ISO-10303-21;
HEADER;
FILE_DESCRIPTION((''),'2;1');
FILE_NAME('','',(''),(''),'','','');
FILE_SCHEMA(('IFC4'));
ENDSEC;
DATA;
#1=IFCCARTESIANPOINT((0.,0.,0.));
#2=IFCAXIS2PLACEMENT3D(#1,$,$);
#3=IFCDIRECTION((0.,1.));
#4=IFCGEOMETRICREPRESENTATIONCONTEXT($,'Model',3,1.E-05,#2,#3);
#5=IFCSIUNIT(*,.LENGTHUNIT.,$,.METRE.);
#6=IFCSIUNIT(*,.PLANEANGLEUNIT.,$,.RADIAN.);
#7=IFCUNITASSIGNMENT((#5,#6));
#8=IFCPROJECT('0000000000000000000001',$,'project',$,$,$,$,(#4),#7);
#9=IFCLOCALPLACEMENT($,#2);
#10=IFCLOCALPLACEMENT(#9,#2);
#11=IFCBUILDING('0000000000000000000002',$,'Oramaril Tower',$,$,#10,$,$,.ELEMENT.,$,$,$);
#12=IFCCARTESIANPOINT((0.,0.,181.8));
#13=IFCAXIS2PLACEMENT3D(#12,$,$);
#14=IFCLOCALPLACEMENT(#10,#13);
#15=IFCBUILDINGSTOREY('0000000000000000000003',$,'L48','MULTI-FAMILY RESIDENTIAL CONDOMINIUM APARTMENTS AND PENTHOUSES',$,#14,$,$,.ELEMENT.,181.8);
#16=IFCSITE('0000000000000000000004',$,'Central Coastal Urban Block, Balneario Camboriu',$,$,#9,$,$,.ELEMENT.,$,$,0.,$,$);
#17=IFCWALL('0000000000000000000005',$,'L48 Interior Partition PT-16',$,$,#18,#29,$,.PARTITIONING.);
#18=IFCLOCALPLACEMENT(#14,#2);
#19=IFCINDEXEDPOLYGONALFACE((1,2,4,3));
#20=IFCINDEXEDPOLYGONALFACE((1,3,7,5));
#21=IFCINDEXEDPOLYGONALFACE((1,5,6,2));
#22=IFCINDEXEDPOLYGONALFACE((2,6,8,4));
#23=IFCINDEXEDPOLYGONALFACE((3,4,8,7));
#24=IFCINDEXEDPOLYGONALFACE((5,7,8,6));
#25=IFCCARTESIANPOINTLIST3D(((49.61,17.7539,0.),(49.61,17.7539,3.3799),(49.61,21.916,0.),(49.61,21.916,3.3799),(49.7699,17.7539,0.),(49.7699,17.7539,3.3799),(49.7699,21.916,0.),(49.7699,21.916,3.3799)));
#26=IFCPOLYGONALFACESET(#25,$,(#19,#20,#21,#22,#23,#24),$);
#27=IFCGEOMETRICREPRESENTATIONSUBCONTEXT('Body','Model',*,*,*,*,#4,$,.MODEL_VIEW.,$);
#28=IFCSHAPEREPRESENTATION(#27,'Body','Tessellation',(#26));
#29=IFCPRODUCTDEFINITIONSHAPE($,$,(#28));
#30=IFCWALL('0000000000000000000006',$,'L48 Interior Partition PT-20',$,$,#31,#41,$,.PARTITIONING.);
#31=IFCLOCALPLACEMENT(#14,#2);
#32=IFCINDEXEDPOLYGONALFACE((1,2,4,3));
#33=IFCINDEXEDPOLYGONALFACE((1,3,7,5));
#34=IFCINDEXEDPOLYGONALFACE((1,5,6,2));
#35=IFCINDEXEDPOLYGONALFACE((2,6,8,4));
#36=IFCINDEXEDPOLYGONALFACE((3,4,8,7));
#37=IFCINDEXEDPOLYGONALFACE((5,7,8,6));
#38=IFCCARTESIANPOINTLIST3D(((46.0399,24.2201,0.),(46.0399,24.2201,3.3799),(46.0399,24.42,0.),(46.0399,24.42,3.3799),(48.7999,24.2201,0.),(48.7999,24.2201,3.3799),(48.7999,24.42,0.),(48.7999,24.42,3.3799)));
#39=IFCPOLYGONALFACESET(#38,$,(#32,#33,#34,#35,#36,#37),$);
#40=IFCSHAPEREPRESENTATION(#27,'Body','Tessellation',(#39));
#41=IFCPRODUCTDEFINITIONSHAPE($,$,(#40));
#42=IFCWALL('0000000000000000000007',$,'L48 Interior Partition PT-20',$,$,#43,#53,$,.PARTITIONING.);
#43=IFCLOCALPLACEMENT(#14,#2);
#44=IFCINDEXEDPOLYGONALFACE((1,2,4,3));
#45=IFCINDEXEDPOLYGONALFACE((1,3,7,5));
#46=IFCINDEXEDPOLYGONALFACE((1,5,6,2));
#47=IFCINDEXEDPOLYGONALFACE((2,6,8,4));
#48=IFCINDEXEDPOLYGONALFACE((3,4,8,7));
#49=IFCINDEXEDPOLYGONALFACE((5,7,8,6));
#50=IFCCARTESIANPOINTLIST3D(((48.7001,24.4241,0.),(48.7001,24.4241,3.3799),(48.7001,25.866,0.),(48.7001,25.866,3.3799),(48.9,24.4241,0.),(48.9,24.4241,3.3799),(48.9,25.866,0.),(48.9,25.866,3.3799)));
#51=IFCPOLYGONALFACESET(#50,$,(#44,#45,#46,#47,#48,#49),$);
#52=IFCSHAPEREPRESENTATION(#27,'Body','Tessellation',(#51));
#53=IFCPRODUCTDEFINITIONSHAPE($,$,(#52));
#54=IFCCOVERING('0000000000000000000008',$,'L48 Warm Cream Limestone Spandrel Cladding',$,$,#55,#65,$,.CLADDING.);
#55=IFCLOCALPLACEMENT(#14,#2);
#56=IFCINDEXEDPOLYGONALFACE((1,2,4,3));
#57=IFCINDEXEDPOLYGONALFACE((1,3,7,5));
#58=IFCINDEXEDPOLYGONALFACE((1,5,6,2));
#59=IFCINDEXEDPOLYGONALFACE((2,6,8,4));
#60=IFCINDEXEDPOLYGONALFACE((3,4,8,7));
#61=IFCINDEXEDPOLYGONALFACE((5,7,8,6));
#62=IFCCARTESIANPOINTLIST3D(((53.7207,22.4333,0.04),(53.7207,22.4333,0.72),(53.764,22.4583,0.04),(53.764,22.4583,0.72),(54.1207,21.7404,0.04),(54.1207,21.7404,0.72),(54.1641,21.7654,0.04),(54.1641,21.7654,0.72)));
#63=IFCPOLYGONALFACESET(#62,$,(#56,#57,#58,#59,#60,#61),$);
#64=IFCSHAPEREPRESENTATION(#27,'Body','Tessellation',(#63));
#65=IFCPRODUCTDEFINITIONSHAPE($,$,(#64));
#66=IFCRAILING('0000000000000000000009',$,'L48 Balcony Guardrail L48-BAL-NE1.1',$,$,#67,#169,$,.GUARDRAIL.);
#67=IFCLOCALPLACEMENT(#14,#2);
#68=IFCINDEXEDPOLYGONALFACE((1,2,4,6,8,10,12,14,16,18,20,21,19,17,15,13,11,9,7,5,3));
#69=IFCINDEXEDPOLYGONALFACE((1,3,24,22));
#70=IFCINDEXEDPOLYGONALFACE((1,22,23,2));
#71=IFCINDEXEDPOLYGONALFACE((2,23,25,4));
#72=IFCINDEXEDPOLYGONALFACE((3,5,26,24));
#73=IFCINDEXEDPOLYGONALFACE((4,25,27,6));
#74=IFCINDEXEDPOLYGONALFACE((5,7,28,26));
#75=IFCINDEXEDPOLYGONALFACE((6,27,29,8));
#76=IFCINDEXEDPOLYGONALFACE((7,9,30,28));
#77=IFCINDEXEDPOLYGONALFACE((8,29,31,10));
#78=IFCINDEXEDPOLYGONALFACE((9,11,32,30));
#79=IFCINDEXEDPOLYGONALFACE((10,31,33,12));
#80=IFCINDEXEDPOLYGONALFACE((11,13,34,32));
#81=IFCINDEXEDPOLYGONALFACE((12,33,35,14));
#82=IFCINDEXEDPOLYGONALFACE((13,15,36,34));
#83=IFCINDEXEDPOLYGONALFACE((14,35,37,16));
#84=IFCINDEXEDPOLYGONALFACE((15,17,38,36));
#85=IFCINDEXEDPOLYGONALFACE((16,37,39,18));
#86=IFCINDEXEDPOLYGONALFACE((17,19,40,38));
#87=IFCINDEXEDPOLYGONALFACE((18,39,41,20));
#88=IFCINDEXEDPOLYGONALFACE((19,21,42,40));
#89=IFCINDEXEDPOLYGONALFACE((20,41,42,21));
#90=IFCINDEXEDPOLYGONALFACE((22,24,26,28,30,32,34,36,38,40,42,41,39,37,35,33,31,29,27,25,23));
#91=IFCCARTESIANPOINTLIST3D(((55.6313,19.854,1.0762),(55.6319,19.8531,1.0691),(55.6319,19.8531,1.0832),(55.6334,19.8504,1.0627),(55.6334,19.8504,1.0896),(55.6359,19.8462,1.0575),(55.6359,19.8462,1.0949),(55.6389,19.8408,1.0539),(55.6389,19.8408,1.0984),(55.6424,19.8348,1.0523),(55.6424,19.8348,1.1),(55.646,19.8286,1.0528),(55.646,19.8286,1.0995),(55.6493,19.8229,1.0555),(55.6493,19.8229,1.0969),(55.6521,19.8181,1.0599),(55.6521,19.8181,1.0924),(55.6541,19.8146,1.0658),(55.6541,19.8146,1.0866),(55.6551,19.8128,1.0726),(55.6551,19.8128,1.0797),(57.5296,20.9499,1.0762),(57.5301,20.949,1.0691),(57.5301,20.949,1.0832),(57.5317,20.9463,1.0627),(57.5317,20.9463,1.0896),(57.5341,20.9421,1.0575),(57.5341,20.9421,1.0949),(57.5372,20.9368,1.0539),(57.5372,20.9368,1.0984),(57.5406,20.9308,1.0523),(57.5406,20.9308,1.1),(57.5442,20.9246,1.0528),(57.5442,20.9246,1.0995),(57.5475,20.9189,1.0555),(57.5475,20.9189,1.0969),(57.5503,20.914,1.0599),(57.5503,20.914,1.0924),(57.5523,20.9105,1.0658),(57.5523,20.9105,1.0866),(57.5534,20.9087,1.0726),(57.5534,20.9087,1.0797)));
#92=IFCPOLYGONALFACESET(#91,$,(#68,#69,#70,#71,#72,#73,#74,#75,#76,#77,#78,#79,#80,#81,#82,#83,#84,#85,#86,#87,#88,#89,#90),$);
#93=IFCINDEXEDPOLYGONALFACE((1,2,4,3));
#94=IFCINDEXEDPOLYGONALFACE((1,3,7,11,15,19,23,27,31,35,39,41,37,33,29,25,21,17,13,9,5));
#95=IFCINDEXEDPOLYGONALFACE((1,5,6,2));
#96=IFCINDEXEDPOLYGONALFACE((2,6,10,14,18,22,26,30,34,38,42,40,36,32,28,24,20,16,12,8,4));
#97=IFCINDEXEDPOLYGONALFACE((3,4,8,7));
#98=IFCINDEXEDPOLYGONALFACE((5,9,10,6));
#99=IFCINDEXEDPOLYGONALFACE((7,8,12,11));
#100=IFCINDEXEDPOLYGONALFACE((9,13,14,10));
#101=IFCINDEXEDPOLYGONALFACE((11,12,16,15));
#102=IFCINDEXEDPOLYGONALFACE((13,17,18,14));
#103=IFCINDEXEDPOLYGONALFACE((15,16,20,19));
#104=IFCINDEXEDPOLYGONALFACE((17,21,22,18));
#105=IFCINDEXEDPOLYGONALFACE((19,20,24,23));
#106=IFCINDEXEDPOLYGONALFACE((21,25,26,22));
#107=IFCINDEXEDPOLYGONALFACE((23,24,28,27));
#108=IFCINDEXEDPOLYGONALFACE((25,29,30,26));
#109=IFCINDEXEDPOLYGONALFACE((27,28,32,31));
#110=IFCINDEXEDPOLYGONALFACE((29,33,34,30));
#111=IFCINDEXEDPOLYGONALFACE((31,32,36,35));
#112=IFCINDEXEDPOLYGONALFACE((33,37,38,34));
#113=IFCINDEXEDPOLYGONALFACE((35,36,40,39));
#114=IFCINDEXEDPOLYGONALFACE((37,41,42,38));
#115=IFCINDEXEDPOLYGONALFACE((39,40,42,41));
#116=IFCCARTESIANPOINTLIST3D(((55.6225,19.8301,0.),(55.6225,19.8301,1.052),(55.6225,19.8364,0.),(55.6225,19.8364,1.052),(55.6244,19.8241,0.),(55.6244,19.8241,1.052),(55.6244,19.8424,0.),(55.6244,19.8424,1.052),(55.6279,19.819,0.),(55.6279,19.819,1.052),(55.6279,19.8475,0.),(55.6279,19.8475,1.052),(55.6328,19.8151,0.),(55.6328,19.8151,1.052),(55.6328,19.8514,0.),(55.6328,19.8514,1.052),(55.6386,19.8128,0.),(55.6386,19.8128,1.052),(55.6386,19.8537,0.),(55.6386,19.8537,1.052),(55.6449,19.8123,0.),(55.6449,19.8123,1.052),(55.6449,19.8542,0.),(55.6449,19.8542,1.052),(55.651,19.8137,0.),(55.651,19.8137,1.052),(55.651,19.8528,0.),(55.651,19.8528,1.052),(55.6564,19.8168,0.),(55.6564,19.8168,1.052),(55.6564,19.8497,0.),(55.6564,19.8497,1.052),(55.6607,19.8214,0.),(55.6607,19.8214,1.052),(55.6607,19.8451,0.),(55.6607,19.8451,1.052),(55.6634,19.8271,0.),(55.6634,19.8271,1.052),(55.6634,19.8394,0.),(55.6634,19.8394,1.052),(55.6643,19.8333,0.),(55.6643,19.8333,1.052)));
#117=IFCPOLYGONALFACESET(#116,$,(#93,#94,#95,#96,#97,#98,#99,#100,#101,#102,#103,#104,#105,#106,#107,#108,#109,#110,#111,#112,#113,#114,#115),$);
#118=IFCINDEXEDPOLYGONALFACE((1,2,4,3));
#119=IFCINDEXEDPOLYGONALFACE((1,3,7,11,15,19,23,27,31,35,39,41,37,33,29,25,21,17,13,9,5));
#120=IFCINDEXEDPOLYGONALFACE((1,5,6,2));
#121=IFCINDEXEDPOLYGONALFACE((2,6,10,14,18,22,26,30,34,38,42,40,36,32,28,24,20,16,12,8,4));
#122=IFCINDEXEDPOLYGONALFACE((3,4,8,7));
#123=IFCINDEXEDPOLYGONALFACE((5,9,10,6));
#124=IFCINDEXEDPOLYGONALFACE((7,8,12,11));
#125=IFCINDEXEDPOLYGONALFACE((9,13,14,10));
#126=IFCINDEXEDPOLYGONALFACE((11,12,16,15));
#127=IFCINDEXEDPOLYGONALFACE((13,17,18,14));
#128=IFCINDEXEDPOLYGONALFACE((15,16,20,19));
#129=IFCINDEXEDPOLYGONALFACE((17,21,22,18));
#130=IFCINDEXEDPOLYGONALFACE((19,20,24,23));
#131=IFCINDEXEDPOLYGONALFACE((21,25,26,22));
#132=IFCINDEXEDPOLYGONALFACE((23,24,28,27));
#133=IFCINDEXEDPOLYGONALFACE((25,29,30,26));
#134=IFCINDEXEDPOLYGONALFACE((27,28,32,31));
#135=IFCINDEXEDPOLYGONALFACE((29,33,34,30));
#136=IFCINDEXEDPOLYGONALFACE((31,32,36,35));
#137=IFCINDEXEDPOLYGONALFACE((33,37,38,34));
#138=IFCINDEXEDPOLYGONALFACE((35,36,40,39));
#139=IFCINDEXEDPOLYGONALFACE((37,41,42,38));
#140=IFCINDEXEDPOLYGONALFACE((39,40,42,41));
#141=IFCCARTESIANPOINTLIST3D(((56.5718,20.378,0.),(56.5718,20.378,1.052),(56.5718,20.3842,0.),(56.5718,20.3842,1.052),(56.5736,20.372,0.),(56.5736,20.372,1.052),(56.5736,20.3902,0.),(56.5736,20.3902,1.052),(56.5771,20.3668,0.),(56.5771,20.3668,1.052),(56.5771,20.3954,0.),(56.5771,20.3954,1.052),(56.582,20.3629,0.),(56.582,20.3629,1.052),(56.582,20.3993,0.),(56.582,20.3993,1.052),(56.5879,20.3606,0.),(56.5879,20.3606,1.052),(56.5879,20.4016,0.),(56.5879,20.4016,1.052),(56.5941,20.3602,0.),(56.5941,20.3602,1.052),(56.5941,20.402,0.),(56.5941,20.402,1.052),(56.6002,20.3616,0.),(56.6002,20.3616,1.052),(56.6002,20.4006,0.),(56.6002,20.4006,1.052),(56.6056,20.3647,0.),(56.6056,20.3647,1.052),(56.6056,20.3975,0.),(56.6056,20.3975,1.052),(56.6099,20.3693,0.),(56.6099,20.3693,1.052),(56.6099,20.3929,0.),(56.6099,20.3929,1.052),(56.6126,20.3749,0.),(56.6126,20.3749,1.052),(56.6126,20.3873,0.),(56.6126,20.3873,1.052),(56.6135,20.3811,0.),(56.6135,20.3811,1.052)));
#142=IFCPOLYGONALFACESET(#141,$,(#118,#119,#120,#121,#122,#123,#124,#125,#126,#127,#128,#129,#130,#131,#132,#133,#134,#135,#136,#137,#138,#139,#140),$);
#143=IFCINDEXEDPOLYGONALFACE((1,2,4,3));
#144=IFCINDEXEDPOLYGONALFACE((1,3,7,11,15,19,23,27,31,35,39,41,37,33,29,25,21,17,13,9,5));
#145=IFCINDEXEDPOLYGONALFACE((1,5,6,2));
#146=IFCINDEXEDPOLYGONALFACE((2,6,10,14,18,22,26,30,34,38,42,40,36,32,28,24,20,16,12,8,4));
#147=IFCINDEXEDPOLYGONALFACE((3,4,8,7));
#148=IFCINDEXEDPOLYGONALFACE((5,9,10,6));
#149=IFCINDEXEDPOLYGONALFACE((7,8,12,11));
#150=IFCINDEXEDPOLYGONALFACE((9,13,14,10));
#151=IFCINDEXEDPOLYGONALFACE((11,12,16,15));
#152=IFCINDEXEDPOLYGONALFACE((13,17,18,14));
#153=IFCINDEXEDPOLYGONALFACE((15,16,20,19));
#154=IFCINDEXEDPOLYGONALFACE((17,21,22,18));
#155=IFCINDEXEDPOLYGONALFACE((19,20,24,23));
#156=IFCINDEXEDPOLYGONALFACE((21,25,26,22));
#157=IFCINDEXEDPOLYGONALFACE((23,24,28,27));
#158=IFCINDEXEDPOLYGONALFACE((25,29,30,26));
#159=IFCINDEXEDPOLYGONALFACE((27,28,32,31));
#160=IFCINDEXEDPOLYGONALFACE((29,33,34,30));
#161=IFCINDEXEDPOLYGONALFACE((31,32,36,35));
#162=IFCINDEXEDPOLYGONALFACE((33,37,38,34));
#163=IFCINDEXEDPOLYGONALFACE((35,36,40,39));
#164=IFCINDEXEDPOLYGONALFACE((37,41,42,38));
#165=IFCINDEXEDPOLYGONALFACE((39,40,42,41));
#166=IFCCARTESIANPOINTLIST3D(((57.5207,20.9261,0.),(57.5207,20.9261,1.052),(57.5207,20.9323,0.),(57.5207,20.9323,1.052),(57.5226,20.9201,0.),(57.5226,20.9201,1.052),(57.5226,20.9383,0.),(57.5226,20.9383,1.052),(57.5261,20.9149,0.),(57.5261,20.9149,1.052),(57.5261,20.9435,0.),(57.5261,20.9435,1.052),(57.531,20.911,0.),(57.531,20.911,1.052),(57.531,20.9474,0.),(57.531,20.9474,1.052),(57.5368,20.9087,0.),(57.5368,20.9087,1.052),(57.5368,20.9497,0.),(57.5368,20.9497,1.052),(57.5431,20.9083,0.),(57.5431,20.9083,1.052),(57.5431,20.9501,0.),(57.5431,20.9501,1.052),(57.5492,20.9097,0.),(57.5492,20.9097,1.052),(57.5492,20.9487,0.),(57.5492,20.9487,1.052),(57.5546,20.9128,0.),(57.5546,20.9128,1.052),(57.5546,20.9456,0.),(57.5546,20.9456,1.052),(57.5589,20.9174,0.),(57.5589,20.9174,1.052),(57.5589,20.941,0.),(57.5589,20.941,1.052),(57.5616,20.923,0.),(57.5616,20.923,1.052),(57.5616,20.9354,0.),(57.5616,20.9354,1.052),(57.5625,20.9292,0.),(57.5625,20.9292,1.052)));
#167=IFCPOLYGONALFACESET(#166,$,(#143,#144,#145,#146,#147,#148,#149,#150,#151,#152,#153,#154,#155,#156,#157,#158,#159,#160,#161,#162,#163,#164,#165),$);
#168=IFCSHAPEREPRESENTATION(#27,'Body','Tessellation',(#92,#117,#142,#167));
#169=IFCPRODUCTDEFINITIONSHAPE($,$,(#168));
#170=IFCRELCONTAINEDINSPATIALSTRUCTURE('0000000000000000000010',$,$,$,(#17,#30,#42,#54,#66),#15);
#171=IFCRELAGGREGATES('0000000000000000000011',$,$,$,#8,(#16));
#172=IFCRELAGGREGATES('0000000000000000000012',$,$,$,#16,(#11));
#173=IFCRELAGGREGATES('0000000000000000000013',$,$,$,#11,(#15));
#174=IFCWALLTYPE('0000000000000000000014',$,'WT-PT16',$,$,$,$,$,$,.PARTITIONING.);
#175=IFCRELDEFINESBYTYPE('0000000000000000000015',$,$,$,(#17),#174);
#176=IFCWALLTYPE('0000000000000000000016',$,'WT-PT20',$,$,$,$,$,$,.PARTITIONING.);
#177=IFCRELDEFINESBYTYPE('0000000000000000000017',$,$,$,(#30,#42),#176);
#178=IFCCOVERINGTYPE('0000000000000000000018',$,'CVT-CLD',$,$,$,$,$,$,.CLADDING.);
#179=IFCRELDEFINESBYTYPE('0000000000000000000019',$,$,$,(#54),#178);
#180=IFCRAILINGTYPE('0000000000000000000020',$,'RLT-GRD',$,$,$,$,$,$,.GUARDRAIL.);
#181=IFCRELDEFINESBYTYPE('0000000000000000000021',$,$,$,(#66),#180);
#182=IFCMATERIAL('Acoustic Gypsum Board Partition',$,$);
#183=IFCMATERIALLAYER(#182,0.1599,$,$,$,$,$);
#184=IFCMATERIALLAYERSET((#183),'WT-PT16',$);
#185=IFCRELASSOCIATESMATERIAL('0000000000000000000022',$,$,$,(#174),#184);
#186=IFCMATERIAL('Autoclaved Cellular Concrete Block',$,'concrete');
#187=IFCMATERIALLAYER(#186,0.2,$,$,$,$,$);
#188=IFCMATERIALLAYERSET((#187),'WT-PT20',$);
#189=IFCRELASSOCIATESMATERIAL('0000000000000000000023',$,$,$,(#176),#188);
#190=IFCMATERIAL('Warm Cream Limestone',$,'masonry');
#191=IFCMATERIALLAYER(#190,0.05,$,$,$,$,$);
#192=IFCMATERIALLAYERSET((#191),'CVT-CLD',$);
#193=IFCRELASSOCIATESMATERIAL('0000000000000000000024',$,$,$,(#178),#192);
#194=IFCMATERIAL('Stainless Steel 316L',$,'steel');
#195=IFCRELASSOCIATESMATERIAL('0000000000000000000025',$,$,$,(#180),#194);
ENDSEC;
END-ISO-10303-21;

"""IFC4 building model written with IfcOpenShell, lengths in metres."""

from ifc_helpers import new_model, si_unit, direction, frame, frame_2d, origin, origin_2d, place, context, subcontext, project, spatial, rectangle, circle, extrude, material, layer, layer_set, type_object, element, save


model = new_model("IFC4")

# Units and contexts
model_context = context("Model", 3, precision=1e-05, world=origin(), true_north=direction((0.0, 1.0)))
body_context = subcontext(model_context, "Body", "Model", "MODEL_VIEW")
ifc_project = project(units=[si_unit("LENGTHUNIT", "METRE"), si_unit("PLANEANGLEUNIT", "RADIAN")], contexts=[model_context])

# Site, building, storey
site_placement = place(None, origin())
site = spatial("IfcSite", under=ifc_project, at=site_placement, Name="Central Coastal Urban Block, Balneario Camboriu", CompositionType="ELEMENT", RefElevation=0.0)
building_placement = place(site_placement, origin())
building = spatial("IfcBuilding", under=site, at=building_placement, Name="Oramaril Tower", CompositionType="ELEMENT")
storey_placement = place(building_placement, frame((0.0, 0.0, 181.8)))
storey = spatial("IfcBuildingStorey", under=building, at=storey_placement, Name="L48", Description="MULTI-FAMILY RESIDENTIAL CONDOMINIUM APARTMENTS AND PENTHOUSES", CompositionType="ELEMENT", Elevation=181.8)

# Walls
ifc_material_1 = material(Name="Acoustic Gypsum Board Partition")
ifc_layer_1 = layer(ifc_material_1, 0.1599)
ifc_layer_set_1 = layer_set([ifc_layer_1], Name="WT-PT16")
wall_type_1 = type_object("IfcWallType", Name="WT-PT16", PredefinedType="PARTITIONING", material=ifc_layer_set_1)
wall_1_placement = place(storey_placement, frame((49.6899, 17.7539, 0.0), z_axis=(0.0, 0.0, 1.0), x_axis=(0.0, 1.0, 0.0)))
element("IfcWall", 1, at=wall_1_placement, inside=storey, type_object=wall_type_1, Name="L48 Interior Partition PT-16", PredefinedType="PARTITIONING", context=body_context, shape_type="SweptSolid", body=[
    extrude(rectangle(XDim=4.1621, YDim=0.1599, at=frame_2d((2.0811, 0.0))), origin(), (0.0, 0.0, 1.0), 3.3799),
])
ifc_material_2 = material(Name="Autoclaved Cellular Concrete Block", Category="concrete")
ifc_layer_2 = layer(ifc_material_2, 0.2)
ifc_layer_set_2 = layer_set([ifc_layer_2], Name="WT-PT20")
wall_type_2 = type_object("IfcWallType", Name="WT-PT20", PredefinedType="PARTITIONING", material=ifc_layer_set_2)
wall_2_placement = place(storey_placement, frame((46.04, 24.3201, 0.0), z_axis=(0.0, 0.0, 1.0), x_axis=(1.0, 0.0, 0.0)))
element("IfcWall", 2, at=wall_2_placement, inside=storey, type_object=wall_type_2, Name="L48 Interior Partition PT-20", PredefinedType="PARTITIONING", context=body_context, shape_type="SweptSolid", body=[
    extrude(rectangle(XDim=2.76, YDim=0.2, at=frame_2d((1.3799, 0.0))), origin(), (0.0, 0.0, 1.0), 3.3799),
])
wall_3_placement = place(storey_placement, frame((48.8, 24.4241, 0.0), z_axis=(0.0, 0.0, 1.0), x_axis=(0.0, 1.0, 0.0)))
element("IfcWall", 3, at=wall_3_placement, inside=storey, type_object=wall_type_2, Name="L48 Interior Partition PT-20", PredefinedType="PARTITIONING", context=body_context, shape_type="SweptSolid", body=[
    extrude(rectangle(XDim=1.4419, YDim=0.2, at=frame_2d((0.7209, 0.0))), origin(), (0.0, 0.0, 1.0), 3.3799),
])

# Covering
ifc_material_3 = material(Name="Warm Cream Limestone", Category="masonry")
ifc_layer_3 = layer(ifc_material_3, 0.05)
ifc_layer_set_3 = layer_set([ifc_layer_3], Name="CVT-CLD")
covering_type = type_object("IfcCoveringType", Name="CVT-CLD", PredefinedType="CLADDING", material=ifc_layer_set_3)
covering_placement = place(storey_placement, frame((53.9424, 22.0994, 0.04), z_axis=(0.0, 0.0, 1.0), x_axis=(-0.5, 0.866025, 0.0)))
element("IfcCovering", 4, at=covering_placement, inside=storey, type_object=covering_type, Name="L48 Warm Cream Limestone Spandrel Cladding", PredefinedType="CLADDING", context=body_context, shape_type="SweptSolid", body=[
    extrude(rectangle(XDim=0.8, YDim=0.05, at=origin_2d()), origin(), (0.0, 0.0, 1.0), 0.6799),
])

# Railing
ifc_material_4 = material(Name="Stainless Steel 316L", Category="steel")
railing_type = type_object("IfcRailingType", Name="RLT-GRD", PredefinedType="GUARDRAIL", material=ifc_material_4)
railing_1_placement = place(storey_placement, frame((55.6433, 19.8333, 0.0)))
element("IfcRailing", 5, at=railing_1_placement, inside=storey, type_object=railing_type, Name="L48 Balcony Guardrail L48-BAL-NE1.1", PredefinedType="GUARDRAIL", context=body_context, shape_type="SweptSolid", body=[
    extrude(circle(Radius=0.0239, at=origin_2d()), frame((0.0, 0.0, 1.0762), z_axis=(0.866021, 0.500008, 0.0), x_axis=(-0.500008, 0.866021, 0.0)), (0.0, 0.0, 1.0), 2.1919),
    extrude(circle(Radius=0.021, at=origin_2d()), origin(), (0.0, 0.0, 1.0), 1.052),
    extrude(circle(Radius=0.021, at=origin_2d()), frame((0.9492, 0.5479, 0.0)), (0.0, 0.0, 1.0), 1.052),
    extrude(circle(Radius=0.021, at=origin_2d()), frame((1.8982, 1.0959, 0.0)), (0.0, 0.0, 1.0), 1.052),
])

save(model, "model.ifc")
